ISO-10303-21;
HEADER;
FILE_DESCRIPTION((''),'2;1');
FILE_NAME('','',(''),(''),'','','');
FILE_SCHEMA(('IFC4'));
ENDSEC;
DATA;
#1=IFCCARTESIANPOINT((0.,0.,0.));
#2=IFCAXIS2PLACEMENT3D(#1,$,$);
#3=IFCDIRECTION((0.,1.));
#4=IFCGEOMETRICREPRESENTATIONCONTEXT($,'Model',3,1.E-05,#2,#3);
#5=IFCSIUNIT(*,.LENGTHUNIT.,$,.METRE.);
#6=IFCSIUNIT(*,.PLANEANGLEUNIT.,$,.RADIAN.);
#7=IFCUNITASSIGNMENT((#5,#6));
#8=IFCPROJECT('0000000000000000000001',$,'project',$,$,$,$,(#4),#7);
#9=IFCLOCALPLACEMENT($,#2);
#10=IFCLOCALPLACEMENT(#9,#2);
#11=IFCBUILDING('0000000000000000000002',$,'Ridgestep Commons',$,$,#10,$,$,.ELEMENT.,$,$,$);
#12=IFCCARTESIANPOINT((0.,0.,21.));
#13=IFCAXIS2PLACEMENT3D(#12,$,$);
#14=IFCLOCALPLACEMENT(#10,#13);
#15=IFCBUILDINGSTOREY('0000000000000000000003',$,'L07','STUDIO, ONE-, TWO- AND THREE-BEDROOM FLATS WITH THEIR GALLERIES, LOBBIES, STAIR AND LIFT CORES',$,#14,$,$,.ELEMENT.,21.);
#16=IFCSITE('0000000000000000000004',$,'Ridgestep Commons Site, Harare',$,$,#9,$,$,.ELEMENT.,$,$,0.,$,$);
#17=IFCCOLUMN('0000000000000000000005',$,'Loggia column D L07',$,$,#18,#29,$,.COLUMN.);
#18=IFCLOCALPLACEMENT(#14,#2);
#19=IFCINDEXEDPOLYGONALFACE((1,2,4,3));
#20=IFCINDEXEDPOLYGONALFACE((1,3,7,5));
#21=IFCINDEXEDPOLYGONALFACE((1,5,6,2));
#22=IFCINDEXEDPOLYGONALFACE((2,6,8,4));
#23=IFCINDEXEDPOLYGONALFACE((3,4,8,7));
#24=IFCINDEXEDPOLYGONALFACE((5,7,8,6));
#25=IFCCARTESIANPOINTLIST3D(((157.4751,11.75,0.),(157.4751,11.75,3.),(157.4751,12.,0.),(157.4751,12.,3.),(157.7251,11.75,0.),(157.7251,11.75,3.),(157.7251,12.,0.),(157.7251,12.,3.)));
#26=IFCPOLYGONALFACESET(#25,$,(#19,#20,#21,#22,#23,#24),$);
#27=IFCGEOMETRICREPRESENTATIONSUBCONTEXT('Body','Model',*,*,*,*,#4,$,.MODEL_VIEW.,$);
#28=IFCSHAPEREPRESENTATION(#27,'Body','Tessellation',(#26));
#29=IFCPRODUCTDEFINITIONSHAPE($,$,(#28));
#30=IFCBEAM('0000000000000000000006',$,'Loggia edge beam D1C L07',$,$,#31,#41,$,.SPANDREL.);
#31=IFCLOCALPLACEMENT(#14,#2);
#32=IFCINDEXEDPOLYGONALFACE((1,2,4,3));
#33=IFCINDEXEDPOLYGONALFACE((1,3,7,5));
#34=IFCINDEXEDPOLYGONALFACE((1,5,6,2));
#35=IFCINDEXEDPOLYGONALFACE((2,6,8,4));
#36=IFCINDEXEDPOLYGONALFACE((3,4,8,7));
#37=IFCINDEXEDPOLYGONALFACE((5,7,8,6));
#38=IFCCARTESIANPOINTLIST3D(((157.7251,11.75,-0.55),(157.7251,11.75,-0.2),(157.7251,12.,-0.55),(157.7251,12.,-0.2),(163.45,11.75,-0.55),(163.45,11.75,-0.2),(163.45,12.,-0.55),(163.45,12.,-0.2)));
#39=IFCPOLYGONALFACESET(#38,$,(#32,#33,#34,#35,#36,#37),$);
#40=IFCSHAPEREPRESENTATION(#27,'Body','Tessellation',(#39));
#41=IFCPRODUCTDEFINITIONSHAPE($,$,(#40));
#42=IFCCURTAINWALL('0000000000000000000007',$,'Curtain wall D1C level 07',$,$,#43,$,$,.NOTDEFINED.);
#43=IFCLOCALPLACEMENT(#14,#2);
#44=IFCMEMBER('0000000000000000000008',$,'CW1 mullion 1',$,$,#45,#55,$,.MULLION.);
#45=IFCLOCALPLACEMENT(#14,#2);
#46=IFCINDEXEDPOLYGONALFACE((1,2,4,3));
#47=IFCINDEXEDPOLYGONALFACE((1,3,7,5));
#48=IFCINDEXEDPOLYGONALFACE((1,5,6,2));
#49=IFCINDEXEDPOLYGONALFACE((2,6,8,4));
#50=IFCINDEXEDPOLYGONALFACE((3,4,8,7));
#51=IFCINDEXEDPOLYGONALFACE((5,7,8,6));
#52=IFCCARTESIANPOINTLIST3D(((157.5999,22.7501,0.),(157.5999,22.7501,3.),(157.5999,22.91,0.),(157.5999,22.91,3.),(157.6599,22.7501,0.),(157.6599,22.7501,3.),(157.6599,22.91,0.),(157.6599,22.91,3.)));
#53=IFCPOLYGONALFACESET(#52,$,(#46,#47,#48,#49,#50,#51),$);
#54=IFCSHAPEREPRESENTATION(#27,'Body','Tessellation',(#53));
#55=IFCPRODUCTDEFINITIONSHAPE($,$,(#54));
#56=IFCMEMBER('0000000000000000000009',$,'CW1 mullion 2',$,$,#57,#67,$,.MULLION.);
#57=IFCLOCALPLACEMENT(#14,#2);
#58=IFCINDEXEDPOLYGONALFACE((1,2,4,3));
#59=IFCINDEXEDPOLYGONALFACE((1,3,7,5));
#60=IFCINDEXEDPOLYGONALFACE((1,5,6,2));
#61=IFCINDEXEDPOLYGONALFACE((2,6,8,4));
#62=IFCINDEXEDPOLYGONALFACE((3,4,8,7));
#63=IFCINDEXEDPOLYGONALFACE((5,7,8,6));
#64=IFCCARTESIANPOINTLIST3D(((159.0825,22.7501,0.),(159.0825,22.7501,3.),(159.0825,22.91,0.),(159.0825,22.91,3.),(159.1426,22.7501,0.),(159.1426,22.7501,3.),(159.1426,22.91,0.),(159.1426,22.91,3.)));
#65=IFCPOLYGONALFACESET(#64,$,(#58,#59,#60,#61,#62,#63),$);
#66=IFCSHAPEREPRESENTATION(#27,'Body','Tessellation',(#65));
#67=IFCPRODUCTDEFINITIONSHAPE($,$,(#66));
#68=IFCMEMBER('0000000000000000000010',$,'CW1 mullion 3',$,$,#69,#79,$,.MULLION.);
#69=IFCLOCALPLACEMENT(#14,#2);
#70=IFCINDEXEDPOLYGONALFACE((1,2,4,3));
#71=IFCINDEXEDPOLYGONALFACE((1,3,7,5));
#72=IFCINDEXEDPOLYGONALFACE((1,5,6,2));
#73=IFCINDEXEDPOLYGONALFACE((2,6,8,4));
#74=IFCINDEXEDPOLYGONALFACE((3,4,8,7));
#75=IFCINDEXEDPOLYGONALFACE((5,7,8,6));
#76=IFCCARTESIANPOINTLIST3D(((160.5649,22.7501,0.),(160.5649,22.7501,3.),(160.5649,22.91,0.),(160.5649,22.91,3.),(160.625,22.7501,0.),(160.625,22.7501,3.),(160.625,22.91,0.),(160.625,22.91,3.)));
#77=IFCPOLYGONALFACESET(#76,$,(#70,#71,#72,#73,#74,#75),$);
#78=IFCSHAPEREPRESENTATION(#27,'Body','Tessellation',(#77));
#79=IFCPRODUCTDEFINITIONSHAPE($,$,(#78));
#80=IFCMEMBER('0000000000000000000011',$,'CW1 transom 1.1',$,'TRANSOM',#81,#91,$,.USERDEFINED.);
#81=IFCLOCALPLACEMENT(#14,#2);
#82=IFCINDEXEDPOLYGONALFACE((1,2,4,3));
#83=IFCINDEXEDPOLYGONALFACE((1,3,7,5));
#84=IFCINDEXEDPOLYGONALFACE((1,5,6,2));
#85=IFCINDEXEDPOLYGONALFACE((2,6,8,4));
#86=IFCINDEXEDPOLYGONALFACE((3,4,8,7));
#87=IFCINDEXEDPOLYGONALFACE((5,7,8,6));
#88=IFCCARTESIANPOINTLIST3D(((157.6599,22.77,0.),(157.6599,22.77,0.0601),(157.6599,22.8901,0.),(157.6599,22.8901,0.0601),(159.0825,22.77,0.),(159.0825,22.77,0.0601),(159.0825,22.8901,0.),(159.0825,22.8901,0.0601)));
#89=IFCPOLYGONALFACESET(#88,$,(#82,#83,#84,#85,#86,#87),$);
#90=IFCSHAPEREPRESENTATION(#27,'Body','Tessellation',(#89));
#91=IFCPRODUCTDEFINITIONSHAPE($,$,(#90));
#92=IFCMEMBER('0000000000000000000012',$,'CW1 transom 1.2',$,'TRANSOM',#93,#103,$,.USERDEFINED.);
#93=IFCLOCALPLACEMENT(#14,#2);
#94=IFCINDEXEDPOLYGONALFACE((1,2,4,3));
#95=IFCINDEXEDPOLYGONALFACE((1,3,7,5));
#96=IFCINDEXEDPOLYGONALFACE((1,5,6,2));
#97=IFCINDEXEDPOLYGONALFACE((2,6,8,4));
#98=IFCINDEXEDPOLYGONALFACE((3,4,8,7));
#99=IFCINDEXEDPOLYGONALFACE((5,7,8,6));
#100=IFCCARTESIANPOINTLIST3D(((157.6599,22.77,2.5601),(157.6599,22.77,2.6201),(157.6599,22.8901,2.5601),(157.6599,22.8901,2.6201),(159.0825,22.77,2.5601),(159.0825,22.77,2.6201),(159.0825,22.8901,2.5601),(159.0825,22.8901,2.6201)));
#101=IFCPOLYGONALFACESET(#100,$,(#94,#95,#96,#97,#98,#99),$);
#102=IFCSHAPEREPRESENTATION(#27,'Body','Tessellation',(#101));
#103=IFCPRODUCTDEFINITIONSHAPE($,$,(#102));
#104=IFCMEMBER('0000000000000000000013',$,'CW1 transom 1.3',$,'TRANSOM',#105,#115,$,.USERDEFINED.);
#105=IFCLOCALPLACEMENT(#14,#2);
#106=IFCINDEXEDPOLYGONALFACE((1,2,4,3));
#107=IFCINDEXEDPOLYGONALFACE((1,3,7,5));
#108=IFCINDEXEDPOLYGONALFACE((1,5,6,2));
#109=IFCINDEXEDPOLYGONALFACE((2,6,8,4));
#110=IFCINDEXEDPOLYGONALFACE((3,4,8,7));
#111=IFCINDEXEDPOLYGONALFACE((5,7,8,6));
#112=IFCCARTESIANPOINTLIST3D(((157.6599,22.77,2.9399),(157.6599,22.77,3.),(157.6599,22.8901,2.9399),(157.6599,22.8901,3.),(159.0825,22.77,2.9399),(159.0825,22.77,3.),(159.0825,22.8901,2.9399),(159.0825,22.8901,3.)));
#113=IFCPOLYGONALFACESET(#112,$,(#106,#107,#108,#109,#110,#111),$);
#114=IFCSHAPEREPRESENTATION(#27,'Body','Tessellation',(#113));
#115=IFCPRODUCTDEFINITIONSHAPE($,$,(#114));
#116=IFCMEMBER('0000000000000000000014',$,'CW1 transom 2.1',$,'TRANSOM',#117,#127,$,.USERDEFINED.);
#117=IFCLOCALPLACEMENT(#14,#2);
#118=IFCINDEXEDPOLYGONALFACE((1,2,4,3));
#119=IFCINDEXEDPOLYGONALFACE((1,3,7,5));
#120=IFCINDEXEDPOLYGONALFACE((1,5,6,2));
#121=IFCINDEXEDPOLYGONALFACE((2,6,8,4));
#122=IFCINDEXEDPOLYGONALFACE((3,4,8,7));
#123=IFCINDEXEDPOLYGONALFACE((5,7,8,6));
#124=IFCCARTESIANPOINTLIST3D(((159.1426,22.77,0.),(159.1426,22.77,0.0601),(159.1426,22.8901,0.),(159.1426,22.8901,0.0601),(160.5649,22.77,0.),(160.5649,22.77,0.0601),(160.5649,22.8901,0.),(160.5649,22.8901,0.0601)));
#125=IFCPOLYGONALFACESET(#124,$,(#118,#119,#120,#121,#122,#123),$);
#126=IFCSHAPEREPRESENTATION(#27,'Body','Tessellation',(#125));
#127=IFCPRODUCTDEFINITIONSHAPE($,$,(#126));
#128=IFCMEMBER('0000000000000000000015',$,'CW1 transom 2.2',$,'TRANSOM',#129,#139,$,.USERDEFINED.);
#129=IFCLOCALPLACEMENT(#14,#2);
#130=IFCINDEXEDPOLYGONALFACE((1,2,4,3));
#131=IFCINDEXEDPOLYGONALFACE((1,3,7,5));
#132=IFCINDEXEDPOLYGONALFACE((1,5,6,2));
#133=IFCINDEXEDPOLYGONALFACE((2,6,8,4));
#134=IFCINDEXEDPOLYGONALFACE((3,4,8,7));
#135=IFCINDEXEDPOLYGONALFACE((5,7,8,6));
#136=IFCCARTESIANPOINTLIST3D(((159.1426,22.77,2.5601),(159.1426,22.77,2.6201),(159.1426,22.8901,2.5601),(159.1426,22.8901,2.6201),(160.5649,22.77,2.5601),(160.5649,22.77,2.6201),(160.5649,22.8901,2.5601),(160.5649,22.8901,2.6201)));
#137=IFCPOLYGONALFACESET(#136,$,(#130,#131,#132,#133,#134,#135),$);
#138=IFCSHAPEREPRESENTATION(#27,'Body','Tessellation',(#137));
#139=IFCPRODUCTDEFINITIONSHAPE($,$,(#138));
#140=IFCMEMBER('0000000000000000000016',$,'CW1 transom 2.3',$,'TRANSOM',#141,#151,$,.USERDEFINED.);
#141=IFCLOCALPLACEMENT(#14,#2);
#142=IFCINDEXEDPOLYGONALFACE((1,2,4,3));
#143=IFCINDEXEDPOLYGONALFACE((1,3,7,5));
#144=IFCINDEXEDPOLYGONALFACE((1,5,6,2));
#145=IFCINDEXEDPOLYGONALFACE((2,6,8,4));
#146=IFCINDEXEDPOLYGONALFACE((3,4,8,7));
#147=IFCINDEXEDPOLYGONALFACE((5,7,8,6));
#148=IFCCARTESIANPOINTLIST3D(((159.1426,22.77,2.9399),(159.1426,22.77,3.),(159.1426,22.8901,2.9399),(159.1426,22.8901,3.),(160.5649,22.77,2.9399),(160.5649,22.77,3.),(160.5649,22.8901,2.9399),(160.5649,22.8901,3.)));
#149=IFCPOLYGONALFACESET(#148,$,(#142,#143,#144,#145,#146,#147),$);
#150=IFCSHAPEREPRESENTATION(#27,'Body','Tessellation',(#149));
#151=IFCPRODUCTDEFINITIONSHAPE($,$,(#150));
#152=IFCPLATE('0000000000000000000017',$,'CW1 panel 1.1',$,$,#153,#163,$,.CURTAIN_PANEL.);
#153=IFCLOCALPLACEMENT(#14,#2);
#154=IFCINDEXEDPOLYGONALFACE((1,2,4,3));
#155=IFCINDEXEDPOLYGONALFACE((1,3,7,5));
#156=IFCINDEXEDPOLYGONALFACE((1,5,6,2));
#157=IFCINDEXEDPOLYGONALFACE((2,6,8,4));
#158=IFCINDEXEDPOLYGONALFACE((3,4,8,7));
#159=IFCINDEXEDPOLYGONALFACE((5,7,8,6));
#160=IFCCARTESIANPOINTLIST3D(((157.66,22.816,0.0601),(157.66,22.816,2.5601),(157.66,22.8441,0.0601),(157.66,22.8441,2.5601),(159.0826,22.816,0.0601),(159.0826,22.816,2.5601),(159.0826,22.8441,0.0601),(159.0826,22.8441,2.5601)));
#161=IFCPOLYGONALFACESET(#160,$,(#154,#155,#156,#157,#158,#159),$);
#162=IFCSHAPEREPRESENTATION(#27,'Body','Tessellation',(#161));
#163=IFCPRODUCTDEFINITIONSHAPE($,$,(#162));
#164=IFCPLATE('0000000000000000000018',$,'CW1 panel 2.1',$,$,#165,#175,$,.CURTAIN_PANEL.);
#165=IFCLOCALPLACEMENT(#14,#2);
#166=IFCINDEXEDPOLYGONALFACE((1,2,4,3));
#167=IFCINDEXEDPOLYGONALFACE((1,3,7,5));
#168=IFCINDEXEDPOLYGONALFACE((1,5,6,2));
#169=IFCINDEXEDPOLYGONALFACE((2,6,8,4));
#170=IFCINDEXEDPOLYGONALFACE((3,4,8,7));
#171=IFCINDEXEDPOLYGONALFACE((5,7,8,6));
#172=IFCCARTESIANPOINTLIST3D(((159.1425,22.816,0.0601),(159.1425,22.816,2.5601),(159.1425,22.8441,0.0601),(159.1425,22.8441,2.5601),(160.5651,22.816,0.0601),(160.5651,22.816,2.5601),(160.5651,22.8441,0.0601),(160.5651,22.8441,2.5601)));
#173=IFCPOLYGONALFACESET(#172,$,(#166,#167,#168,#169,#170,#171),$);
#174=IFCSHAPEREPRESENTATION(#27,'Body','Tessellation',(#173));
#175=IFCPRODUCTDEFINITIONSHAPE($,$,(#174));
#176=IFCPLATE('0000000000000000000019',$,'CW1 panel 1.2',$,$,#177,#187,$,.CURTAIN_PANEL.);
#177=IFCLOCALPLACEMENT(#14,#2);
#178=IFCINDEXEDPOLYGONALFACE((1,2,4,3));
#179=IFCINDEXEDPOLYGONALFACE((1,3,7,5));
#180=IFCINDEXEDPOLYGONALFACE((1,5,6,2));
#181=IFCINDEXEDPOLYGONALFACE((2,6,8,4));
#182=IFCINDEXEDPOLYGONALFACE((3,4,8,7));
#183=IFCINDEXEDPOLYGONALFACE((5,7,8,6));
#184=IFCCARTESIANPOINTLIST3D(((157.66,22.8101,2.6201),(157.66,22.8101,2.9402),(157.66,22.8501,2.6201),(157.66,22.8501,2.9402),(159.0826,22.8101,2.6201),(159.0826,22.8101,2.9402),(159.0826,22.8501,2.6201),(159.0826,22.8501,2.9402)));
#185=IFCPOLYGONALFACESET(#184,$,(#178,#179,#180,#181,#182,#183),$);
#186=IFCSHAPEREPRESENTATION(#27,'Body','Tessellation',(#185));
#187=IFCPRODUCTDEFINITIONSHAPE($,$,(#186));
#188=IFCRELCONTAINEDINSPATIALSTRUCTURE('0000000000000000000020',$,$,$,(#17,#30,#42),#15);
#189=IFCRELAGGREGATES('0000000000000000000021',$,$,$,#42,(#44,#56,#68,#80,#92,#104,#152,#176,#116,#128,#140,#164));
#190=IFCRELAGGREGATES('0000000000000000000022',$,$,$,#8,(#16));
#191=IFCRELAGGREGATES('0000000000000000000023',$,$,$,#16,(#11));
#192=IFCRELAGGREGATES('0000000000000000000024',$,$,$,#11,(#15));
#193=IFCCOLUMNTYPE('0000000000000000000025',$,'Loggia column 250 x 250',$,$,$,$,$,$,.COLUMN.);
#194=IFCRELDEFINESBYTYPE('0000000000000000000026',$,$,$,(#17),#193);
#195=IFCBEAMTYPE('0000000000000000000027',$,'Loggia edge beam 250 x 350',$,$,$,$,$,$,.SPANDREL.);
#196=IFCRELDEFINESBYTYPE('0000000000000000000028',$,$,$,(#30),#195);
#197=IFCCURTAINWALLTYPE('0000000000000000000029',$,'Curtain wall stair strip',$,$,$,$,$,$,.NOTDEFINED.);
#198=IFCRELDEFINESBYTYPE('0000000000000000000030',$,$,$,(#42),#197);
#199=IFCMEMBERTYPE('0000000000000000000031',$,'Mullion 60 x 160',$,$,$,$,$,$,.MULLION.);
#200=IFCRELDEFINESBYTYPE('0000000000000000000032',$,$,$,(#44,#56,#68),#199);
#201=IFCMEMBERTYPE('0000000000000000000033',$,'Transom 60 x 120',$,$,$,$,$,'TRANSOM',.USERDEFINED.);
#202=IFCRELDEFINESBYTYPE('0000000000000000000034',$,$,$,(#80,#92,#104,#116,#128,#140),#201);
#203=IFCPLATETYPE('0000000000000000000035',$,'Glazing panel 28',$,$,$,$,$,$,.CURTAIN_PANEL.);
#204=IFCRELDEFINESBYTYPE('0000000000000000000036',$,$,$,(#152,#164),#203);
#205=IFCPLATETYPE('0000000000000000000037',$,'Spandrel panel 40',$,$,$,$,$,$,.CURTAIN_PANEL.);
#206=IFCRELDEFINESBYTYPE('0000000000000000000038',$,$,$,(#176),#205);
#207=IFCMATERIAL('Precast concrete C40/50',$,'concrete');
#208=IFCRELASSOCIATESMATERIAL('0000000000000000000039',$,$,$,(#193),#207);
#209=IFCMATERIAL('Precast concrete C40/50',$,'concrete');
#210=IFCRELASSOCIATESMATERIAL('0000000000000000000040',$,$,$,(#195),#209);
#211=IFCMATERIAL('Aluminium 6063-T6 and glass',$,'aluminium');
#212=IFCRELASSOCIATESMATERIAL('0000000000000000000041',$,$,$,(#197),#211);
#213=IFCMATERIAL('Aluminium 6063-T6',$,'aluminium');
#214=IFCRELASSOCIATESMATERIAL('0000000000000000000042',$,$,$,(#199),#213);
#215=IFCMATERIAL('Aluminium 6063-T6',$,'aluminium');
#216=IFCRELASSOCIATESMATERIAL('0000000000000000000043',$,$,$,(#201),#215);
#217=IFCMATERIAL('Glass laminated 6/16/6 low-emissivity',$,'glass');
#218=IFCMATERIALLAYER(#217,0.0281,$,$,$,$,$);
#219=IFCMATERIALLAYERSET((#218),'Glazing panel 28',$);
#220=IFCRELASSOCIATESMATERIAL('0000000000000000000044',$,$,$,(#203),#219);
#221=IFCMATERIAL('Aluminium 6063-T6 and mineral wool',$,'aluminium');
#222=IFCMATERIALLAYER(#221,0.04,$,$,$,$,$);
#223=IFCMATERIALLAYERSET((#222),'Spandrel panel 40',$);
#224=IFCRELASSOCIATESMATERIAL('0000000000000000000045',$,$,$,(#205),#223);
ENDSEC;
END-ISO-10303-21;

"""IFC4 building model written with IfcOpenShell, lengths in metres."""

from ifc_helpers import new_model, si_unit, direction, frame, origin, origin_2d, place, context, subcontext, project, spatial, rectangle, extrude, material, layer, layer_set, material_profile, profile_set, type_object, element, aggregate, save


model = new_model("IFC4")

# Units and contexts
model_context = context("Model", 3, precision=1e-05, world=origin(), true_north=direction((0.0, 1.0)))
body_context = subcontext(model_context, "Body", "Model", "MODEL_VIEW")
ifc_project = project(units=[si_unit("LENGTHUNIT", "METRE"), si_unit("PLANEANGLEUNIT", "RADIAN")], contexts=[model_context])

# Site, building, storey
site_placement = place(None, origin())
site = spatial("IfcSite", under=ifc_project, at=site_placement, Name="Ridgestep Commons Site, Harare", CompositionType="ELEMENT", RefElevation=0.0)
building_placement = place(site_placement, origin())
building = spatial("IfcBuilding", under=site, at=building_placement, Name="Ridgestep Commons", CompositionType="ELEMENT")
storey_placement = place(building_placement, frame((0.0, 0.0, 21.0)))
storey = spatial("IfcBuildingStorey", under=building, at=storey_placement, Name="L07", Description="STUDIO, ONE-, TWO- AND THREE-BEDROOM FLATS WITH THEIR GALLERIES, LOBBIES, STAIR AND LIFT CORES", CompositionType="ELEMENT", Elevation=21.0)

# Column
ifc_material_1 = material(Name="Precast concrete C40/50", Category="concrete")
ifc_material_profile_1 = material_profile(ifc_material_1, rectangle(XDim=0.25, YDim=0.25, at=origin_2d()), Name="PC 250x250")
ifc_profile_set_1 = profile_set([ifc_material_profile_1], Name="Precast concrete C40/50")
column_type = type_object("IfcColumnType", Name="Loggia column 250 x 250", PredefinedType="COLUMN", material=ifc_profile_set_1)
column_placement = place(storey_placement, frame((157.6001, 11.875, 0.0), z_axis=(0.0, 0.0, 1.0), x_axis=(1.0, 0.0, 0.0)))
element("IfcColumn", 1, at=column_placement, inside=storey, type_object=column_type, Name="Loggia column D L07", PredefinedType="COLUMN", context=body_context, shape_type="SweptSolid", body=[
    extrude(rectangle(XDim=0.25, YDim=0.25, at=origin_2d()), origin(), (0.0, 0.0, 1.0), 3.0),
])

# Beam
ifc_material_2 = material(Name="Precast concrete C40/50", Category="concrete")
ifc_material_profile_2 = material_profile(ifc_material_2, rectangle(XDim=0.25, YDim=0.3501, at=origin_2d()), Name="PC 250x350")
ifc_profile_set_2 = profile_set([ifc_material_profile_2], Name="Precast concrete C40/50")
beam_type = type_object("IfcBeamType", Name="Loggia edge beam 250 x 350", PredefinedType="SPANDREL", material=ifc_profile_set_2)
beam_placement = place(storey_placement, frame((157.7251, 11.875, -0.375), z_axis=(1.0, 0.0, 0.0), x_axis=(0.0, 1.0, 0.0)))
element("IfcBeam", 2, at=beam_placement, inside=storey, type_object=beam_type, Name="Loggia edge beam D1C L07", PredefinedType="SPANDREL", context=body_context, shape_type="SweptSolid", body=[
    extrude(rectangle(XDim=0.25, YDim=0.3501, at=origin_2d()), origin(), (0.0, 0.0, 1.0), 5.7249),
])

# Curtain wall, members, plates
ifc_material_3 = material(Name="Aluminium 6063-T6 and glass", Category="aluminium")
curtain_wall_type = type_object("IfcCurtainWallType", Name="Curtain wall stair strip", PredefinedType="NOTDEFINED", material=ifc_material_3)
curtain_wall_placement = place(storey_placement, origin())
curtain_wall = element("IfcCurtainWall", 3, at=curtain_wall_placement, inside=storey, type_object=curtain_wall_type, Name="Curtain wall D1C level 07", PredefinedType="NOTDEFINED")
ifc_material_4 = material(Name="Aluminium 6063-T6", Category="aluminium")
ifc_material_profile_3 = material_profile(ifc_material_4, rectangle(XDim=0.1599, YDim=0.0601, at=origin_2d()), Name="Mullion 60 x 160")
ifc_profile_set_3 = profile_set([ifc_material_profile_3], Name="Aluminium 6063-T6")
member_type_1 = type_object("IfcMemberType", Name="Mullion 60 x 160", PredefinedType="MULLION", material=ifc_profile_set_3)
member_1_placement = place(storey_placement, frame((157.6299, 22.8301, 0.0), z_axis=(0.0, 0.0, 1.0), x_axis=(0.0, 1.0, 0.0)))
member_1 = element("IfcMember", 4, at=member_1_placement, type_object=member_type_1, Name="CW1 mullion 1", PredefinedType="MULLION", context=body_context, shape_type="SweptSolid", body=[
    extrude(rectangle(XDim=0.1599, YDim=0.0601, at=origin_2d()), origin(), (0.0, 0.0, 1.0), 3.0),
])
member_2_placement = place(storey_placement, frame((159.1125, 22.8301, 0.0), z_axis=(0.0, 0.0, 1.0), x_axis=(0.0, 1.0, 0.0)))
member_2 = element("IfcMember", 5, at=member_2_placement, type_object=member_type_1, Name="CW1 mullion 2", PredefinedType="MULLION", context=body_context, shape_type="SweptSolid", body=[
    extrude(rectangle(XDim=0.1599, YDim=0.0601, at=origin_2d()), origin(), (0.0, 0.0, 1.0), 3.0),
])
member_3_placement = place(storey_placement, frame((160.595, 22.8301, 0.0), z_axis=(0.0, 0.0, 1.0), x_axis=(0.0, 1.0, 0.0)))
member_3 = element("IfcMember", 6, at=member_3_placement, type_object=member_type_1, Name="CW1 mullion 3", PredefinedType="MULLION", context=body_context, shape_type="SweptSolid", body=[
    extrude(rectangle(XDim=0.1599, YDim=0.0601, at=origin_2d()), origin(), (0.0, 0.0, 1.0), 3.0),
])
ifc_material_5 = material(Name="Aluminium 6063-T6", Category="aluminium")
ifc_material_profile_4 = material_profile(ifc_material_5, rectangle(XDim=0.1201, YDim=0.0601, at=origin_2d()), Name="Transom 60 x 120")
ifc_profile_set_4 = profile_set([ifc_material_profile_4], Name="Aluminium 6063-T6")
member_type_2 = type_object("IfcMemberType", Name="Transom 60 x 120", ElementType="TRANSOM", PredefinedType="USERDEFINED", material=ifc_profile_set_4)
member_4_placement = place(storey_placement, frame((157.6599, 22.8301, 0.03), z_axis=(1.0, 0.0, 0.0), x_axis=(0.0, 1.0, 0.0)))
member_4 = element("IfcMember", 7, at=member_4_placement, type_object=member_type_2, Name="CW1 transom 1.1", ObjectType="TRANSOM", PredefinedType="USERDEFINED", context=body_context, shape_type="SweptSolid", body=[
    extrude(rectangle(XDim=0.1201, YDim=0.0601, at=origin_2d()), origin(), (0.0, 0.0, 1.0), 1.4226),
])
member_5_placement = place(storey_placement, frame((157.6599, 22.8301, 2.5901), z_axis=(1.0, 0.0, 0.0), x_axis=(0.0, 1.0, 0.0)))
member_5 = element("IfcMember", 8, at=member_5_placement, type_object=member_type_2, Name="CW1 transom 1.2", ObjectType="TRANSOM", PredefinedType="USERDEFINED", context=body_context, shape_type="SweptSolid", body=[
    extrude(rectangle(XDim=0.1201, YDim=0.0601, at=origin_2d()), origin(), (0.0, 0.0, 1.0), 1.4226),
])
member_6_placement = place(storey_placement, frame((157.6599, 22.8301, 2.97), z_axis=(1.0, 0.0, 0.0), x_axis=(0.0, 1.0, 0.0)))
member_6 = element("IfcMember", 9, at=member_6_placement, type_object=member_type_2, Name="CW1 transom 1.3", ObjectType="TRANSOM", PredefinedType="USERDEFINED", context=body_context, shape_type="SweptSolid", body=[
    extrude(rectangle(XDim=0.1201, YDim=0.0601, at=origin_2d()), origin(), (0.0, 0.0, 1.0), 1.4226),
])
member_7_placement = place(storey_placement, frame((159.1426, 22.8301, 0.03), z_axis=(1.0, 0.0, 0.0), x_axis=(0.0, 1.0, 0.0)))
member_7 = element("IfcMember", 10, at=member_7_placement, type_object=member_type_2, Name="CW1 transom 2.1", ObjectType="TRANSOM", PredefinedType="USERDEFINED", context=body_context, shape_type="SweptSolid", body=[
    extrude(rectangle(XDim=0.1201, YDim=0.0601, at=origin_2d()), origin(), (0.0, 0.0, 1.0), 1.4224),
])
member_8_placement = place(storey_placement, frame((159.1426, 22.8301, 2.5901), z_axis=(1.0, 0.0, 0.0), x_axis=(0.0, 1.0, 0.0)))
member_8 = element("IfcMember", 11, at=member_8_placement, type_object=member_type_2, Name="CW1 transom 2.2", ObjectType="TRANSOM", PredefinedType="USERDEFINED", context=body_context, shape_type="SweptSolid", body=[
    extrude(rectangle(XDim=0.1201, YDim=0.0601, at=origin_2d()), origin(), (0.0, 0.0, 1.0), 1.4224),
])
member_9_placement = place(storey_placement, frame((159.1426, 22.8301, 2.97), z_axis=(1.0, 0.0, 0.0), x_axis=(0.0, 1.0, 0.0)))
member_9 = element("IfcMember", 12, at=member_9_placement, type_object=member_type_2, Name="CW1 transom 2.3", ObjectType="TRANSOM", PredefinedType="USERDEFINED", context=body_context, shape_type="SweptSolid", body=[
    extrude(rectangle(XDim=0.1201, YDim=0.0601, at=origin_2d()), origin(), (0.0, 0.0, 1.0), 1.4224),
])
ifc_material_6 = material(Name="Glass laminated 6/16/6 low-emissivity", Category="glass")
ifc_layer_1 = layer(ifc_material_6, 0.0281)
ifc_layer_set_1 = layer_set([ifc_layer_1], Name="Glazing panel 28")
plate_type_1 = type_object("IfcPlateType", Name="Glazing panel 28", PredefinedType="CURTAIN_PANEL", material=ifc_layer_set_1)
plate_1_placement = place(storey_placement, frame((158.3713, 22.8301, 0.0601), z_axis=(0.0, 0.0, 1.0), x_axis=(1.0, 0.0, 0.0)))
plate_1 = element("IfcPlate", 13, at=plate_1_placement, type_object=plate_type_1, Name="CW1 panel 1.1", PredefinedType="CURTAIN_PANEL", context=body_context, shape_type="SweptSolid", body=[
    extrude(rectangle(XDim=1.4226, YDim=0.0281, at=origin_2d()), origin(), (0.0, 0.0, 1.0), 2.5),
])
plate_2_placement = place(storey_placement, frame((159.8538, 22.8301, 0.0601), z_axis=(0.0, 0.0, 1.0), x_axis=(1.0, 0.0, 0.0)))
plate_2 = element("IfcPlate", 14, at=plate_2_placement, type_object=plate_type_1, Name="CW1 panel 2.1", PredefinedType="CURTAIN_PANEL", context=body_context, shape_type="SweptSolid", body=[
    extrude(rectangle(XDim=1.4226, YDim=0.0281, at=origin_2d()), origin(), (0.0, 0.0, 1.0), 2.5),
])
ifc_material_7 = material(Name="Aluminium 6063-T6 and mineral wool", Category="aluminium")
ifc_layer_2 = layer(ifc_material_7, 0.04)
ifc_layer_set_2 = layer_set([ifc_layer_2], Name="Spandrel panel 40")
plate_type_2 = type_object("IfcPlateType", Name="Spandrel panel 40", PredefinedType="CURTAIN_PANEL", material=ifc_layer_set_2)
plate_3_placement = place(storey_placement, frame((158.3713, 22.8301, 2.6201), z_axis=(0.0, 0.0, 1.0), x_axis=(1.0, 0.0, 0.0)))
plate_3 = element("IfcPlate", 15, at=plate_3_placement, type_object=plate_type_2, Name="CW1 panel 1.2", PredefinedType="CURTAIN_PANEL", context=body_context, shape_type="SweptSolid", body=[
    extrude(rectangle(XDim=1.4226, YDim=0.04, at=origin_2d()), origin(), (0.0, 0.0, 1.0), 0.3201),
])
aggregate(curtain_wall, [member_1, member_2, member_3, member_4, member_5, member_6, plate_1, plate_3, member_7, member_8, member_9, plate_2])

save(model, "model.ifc")
